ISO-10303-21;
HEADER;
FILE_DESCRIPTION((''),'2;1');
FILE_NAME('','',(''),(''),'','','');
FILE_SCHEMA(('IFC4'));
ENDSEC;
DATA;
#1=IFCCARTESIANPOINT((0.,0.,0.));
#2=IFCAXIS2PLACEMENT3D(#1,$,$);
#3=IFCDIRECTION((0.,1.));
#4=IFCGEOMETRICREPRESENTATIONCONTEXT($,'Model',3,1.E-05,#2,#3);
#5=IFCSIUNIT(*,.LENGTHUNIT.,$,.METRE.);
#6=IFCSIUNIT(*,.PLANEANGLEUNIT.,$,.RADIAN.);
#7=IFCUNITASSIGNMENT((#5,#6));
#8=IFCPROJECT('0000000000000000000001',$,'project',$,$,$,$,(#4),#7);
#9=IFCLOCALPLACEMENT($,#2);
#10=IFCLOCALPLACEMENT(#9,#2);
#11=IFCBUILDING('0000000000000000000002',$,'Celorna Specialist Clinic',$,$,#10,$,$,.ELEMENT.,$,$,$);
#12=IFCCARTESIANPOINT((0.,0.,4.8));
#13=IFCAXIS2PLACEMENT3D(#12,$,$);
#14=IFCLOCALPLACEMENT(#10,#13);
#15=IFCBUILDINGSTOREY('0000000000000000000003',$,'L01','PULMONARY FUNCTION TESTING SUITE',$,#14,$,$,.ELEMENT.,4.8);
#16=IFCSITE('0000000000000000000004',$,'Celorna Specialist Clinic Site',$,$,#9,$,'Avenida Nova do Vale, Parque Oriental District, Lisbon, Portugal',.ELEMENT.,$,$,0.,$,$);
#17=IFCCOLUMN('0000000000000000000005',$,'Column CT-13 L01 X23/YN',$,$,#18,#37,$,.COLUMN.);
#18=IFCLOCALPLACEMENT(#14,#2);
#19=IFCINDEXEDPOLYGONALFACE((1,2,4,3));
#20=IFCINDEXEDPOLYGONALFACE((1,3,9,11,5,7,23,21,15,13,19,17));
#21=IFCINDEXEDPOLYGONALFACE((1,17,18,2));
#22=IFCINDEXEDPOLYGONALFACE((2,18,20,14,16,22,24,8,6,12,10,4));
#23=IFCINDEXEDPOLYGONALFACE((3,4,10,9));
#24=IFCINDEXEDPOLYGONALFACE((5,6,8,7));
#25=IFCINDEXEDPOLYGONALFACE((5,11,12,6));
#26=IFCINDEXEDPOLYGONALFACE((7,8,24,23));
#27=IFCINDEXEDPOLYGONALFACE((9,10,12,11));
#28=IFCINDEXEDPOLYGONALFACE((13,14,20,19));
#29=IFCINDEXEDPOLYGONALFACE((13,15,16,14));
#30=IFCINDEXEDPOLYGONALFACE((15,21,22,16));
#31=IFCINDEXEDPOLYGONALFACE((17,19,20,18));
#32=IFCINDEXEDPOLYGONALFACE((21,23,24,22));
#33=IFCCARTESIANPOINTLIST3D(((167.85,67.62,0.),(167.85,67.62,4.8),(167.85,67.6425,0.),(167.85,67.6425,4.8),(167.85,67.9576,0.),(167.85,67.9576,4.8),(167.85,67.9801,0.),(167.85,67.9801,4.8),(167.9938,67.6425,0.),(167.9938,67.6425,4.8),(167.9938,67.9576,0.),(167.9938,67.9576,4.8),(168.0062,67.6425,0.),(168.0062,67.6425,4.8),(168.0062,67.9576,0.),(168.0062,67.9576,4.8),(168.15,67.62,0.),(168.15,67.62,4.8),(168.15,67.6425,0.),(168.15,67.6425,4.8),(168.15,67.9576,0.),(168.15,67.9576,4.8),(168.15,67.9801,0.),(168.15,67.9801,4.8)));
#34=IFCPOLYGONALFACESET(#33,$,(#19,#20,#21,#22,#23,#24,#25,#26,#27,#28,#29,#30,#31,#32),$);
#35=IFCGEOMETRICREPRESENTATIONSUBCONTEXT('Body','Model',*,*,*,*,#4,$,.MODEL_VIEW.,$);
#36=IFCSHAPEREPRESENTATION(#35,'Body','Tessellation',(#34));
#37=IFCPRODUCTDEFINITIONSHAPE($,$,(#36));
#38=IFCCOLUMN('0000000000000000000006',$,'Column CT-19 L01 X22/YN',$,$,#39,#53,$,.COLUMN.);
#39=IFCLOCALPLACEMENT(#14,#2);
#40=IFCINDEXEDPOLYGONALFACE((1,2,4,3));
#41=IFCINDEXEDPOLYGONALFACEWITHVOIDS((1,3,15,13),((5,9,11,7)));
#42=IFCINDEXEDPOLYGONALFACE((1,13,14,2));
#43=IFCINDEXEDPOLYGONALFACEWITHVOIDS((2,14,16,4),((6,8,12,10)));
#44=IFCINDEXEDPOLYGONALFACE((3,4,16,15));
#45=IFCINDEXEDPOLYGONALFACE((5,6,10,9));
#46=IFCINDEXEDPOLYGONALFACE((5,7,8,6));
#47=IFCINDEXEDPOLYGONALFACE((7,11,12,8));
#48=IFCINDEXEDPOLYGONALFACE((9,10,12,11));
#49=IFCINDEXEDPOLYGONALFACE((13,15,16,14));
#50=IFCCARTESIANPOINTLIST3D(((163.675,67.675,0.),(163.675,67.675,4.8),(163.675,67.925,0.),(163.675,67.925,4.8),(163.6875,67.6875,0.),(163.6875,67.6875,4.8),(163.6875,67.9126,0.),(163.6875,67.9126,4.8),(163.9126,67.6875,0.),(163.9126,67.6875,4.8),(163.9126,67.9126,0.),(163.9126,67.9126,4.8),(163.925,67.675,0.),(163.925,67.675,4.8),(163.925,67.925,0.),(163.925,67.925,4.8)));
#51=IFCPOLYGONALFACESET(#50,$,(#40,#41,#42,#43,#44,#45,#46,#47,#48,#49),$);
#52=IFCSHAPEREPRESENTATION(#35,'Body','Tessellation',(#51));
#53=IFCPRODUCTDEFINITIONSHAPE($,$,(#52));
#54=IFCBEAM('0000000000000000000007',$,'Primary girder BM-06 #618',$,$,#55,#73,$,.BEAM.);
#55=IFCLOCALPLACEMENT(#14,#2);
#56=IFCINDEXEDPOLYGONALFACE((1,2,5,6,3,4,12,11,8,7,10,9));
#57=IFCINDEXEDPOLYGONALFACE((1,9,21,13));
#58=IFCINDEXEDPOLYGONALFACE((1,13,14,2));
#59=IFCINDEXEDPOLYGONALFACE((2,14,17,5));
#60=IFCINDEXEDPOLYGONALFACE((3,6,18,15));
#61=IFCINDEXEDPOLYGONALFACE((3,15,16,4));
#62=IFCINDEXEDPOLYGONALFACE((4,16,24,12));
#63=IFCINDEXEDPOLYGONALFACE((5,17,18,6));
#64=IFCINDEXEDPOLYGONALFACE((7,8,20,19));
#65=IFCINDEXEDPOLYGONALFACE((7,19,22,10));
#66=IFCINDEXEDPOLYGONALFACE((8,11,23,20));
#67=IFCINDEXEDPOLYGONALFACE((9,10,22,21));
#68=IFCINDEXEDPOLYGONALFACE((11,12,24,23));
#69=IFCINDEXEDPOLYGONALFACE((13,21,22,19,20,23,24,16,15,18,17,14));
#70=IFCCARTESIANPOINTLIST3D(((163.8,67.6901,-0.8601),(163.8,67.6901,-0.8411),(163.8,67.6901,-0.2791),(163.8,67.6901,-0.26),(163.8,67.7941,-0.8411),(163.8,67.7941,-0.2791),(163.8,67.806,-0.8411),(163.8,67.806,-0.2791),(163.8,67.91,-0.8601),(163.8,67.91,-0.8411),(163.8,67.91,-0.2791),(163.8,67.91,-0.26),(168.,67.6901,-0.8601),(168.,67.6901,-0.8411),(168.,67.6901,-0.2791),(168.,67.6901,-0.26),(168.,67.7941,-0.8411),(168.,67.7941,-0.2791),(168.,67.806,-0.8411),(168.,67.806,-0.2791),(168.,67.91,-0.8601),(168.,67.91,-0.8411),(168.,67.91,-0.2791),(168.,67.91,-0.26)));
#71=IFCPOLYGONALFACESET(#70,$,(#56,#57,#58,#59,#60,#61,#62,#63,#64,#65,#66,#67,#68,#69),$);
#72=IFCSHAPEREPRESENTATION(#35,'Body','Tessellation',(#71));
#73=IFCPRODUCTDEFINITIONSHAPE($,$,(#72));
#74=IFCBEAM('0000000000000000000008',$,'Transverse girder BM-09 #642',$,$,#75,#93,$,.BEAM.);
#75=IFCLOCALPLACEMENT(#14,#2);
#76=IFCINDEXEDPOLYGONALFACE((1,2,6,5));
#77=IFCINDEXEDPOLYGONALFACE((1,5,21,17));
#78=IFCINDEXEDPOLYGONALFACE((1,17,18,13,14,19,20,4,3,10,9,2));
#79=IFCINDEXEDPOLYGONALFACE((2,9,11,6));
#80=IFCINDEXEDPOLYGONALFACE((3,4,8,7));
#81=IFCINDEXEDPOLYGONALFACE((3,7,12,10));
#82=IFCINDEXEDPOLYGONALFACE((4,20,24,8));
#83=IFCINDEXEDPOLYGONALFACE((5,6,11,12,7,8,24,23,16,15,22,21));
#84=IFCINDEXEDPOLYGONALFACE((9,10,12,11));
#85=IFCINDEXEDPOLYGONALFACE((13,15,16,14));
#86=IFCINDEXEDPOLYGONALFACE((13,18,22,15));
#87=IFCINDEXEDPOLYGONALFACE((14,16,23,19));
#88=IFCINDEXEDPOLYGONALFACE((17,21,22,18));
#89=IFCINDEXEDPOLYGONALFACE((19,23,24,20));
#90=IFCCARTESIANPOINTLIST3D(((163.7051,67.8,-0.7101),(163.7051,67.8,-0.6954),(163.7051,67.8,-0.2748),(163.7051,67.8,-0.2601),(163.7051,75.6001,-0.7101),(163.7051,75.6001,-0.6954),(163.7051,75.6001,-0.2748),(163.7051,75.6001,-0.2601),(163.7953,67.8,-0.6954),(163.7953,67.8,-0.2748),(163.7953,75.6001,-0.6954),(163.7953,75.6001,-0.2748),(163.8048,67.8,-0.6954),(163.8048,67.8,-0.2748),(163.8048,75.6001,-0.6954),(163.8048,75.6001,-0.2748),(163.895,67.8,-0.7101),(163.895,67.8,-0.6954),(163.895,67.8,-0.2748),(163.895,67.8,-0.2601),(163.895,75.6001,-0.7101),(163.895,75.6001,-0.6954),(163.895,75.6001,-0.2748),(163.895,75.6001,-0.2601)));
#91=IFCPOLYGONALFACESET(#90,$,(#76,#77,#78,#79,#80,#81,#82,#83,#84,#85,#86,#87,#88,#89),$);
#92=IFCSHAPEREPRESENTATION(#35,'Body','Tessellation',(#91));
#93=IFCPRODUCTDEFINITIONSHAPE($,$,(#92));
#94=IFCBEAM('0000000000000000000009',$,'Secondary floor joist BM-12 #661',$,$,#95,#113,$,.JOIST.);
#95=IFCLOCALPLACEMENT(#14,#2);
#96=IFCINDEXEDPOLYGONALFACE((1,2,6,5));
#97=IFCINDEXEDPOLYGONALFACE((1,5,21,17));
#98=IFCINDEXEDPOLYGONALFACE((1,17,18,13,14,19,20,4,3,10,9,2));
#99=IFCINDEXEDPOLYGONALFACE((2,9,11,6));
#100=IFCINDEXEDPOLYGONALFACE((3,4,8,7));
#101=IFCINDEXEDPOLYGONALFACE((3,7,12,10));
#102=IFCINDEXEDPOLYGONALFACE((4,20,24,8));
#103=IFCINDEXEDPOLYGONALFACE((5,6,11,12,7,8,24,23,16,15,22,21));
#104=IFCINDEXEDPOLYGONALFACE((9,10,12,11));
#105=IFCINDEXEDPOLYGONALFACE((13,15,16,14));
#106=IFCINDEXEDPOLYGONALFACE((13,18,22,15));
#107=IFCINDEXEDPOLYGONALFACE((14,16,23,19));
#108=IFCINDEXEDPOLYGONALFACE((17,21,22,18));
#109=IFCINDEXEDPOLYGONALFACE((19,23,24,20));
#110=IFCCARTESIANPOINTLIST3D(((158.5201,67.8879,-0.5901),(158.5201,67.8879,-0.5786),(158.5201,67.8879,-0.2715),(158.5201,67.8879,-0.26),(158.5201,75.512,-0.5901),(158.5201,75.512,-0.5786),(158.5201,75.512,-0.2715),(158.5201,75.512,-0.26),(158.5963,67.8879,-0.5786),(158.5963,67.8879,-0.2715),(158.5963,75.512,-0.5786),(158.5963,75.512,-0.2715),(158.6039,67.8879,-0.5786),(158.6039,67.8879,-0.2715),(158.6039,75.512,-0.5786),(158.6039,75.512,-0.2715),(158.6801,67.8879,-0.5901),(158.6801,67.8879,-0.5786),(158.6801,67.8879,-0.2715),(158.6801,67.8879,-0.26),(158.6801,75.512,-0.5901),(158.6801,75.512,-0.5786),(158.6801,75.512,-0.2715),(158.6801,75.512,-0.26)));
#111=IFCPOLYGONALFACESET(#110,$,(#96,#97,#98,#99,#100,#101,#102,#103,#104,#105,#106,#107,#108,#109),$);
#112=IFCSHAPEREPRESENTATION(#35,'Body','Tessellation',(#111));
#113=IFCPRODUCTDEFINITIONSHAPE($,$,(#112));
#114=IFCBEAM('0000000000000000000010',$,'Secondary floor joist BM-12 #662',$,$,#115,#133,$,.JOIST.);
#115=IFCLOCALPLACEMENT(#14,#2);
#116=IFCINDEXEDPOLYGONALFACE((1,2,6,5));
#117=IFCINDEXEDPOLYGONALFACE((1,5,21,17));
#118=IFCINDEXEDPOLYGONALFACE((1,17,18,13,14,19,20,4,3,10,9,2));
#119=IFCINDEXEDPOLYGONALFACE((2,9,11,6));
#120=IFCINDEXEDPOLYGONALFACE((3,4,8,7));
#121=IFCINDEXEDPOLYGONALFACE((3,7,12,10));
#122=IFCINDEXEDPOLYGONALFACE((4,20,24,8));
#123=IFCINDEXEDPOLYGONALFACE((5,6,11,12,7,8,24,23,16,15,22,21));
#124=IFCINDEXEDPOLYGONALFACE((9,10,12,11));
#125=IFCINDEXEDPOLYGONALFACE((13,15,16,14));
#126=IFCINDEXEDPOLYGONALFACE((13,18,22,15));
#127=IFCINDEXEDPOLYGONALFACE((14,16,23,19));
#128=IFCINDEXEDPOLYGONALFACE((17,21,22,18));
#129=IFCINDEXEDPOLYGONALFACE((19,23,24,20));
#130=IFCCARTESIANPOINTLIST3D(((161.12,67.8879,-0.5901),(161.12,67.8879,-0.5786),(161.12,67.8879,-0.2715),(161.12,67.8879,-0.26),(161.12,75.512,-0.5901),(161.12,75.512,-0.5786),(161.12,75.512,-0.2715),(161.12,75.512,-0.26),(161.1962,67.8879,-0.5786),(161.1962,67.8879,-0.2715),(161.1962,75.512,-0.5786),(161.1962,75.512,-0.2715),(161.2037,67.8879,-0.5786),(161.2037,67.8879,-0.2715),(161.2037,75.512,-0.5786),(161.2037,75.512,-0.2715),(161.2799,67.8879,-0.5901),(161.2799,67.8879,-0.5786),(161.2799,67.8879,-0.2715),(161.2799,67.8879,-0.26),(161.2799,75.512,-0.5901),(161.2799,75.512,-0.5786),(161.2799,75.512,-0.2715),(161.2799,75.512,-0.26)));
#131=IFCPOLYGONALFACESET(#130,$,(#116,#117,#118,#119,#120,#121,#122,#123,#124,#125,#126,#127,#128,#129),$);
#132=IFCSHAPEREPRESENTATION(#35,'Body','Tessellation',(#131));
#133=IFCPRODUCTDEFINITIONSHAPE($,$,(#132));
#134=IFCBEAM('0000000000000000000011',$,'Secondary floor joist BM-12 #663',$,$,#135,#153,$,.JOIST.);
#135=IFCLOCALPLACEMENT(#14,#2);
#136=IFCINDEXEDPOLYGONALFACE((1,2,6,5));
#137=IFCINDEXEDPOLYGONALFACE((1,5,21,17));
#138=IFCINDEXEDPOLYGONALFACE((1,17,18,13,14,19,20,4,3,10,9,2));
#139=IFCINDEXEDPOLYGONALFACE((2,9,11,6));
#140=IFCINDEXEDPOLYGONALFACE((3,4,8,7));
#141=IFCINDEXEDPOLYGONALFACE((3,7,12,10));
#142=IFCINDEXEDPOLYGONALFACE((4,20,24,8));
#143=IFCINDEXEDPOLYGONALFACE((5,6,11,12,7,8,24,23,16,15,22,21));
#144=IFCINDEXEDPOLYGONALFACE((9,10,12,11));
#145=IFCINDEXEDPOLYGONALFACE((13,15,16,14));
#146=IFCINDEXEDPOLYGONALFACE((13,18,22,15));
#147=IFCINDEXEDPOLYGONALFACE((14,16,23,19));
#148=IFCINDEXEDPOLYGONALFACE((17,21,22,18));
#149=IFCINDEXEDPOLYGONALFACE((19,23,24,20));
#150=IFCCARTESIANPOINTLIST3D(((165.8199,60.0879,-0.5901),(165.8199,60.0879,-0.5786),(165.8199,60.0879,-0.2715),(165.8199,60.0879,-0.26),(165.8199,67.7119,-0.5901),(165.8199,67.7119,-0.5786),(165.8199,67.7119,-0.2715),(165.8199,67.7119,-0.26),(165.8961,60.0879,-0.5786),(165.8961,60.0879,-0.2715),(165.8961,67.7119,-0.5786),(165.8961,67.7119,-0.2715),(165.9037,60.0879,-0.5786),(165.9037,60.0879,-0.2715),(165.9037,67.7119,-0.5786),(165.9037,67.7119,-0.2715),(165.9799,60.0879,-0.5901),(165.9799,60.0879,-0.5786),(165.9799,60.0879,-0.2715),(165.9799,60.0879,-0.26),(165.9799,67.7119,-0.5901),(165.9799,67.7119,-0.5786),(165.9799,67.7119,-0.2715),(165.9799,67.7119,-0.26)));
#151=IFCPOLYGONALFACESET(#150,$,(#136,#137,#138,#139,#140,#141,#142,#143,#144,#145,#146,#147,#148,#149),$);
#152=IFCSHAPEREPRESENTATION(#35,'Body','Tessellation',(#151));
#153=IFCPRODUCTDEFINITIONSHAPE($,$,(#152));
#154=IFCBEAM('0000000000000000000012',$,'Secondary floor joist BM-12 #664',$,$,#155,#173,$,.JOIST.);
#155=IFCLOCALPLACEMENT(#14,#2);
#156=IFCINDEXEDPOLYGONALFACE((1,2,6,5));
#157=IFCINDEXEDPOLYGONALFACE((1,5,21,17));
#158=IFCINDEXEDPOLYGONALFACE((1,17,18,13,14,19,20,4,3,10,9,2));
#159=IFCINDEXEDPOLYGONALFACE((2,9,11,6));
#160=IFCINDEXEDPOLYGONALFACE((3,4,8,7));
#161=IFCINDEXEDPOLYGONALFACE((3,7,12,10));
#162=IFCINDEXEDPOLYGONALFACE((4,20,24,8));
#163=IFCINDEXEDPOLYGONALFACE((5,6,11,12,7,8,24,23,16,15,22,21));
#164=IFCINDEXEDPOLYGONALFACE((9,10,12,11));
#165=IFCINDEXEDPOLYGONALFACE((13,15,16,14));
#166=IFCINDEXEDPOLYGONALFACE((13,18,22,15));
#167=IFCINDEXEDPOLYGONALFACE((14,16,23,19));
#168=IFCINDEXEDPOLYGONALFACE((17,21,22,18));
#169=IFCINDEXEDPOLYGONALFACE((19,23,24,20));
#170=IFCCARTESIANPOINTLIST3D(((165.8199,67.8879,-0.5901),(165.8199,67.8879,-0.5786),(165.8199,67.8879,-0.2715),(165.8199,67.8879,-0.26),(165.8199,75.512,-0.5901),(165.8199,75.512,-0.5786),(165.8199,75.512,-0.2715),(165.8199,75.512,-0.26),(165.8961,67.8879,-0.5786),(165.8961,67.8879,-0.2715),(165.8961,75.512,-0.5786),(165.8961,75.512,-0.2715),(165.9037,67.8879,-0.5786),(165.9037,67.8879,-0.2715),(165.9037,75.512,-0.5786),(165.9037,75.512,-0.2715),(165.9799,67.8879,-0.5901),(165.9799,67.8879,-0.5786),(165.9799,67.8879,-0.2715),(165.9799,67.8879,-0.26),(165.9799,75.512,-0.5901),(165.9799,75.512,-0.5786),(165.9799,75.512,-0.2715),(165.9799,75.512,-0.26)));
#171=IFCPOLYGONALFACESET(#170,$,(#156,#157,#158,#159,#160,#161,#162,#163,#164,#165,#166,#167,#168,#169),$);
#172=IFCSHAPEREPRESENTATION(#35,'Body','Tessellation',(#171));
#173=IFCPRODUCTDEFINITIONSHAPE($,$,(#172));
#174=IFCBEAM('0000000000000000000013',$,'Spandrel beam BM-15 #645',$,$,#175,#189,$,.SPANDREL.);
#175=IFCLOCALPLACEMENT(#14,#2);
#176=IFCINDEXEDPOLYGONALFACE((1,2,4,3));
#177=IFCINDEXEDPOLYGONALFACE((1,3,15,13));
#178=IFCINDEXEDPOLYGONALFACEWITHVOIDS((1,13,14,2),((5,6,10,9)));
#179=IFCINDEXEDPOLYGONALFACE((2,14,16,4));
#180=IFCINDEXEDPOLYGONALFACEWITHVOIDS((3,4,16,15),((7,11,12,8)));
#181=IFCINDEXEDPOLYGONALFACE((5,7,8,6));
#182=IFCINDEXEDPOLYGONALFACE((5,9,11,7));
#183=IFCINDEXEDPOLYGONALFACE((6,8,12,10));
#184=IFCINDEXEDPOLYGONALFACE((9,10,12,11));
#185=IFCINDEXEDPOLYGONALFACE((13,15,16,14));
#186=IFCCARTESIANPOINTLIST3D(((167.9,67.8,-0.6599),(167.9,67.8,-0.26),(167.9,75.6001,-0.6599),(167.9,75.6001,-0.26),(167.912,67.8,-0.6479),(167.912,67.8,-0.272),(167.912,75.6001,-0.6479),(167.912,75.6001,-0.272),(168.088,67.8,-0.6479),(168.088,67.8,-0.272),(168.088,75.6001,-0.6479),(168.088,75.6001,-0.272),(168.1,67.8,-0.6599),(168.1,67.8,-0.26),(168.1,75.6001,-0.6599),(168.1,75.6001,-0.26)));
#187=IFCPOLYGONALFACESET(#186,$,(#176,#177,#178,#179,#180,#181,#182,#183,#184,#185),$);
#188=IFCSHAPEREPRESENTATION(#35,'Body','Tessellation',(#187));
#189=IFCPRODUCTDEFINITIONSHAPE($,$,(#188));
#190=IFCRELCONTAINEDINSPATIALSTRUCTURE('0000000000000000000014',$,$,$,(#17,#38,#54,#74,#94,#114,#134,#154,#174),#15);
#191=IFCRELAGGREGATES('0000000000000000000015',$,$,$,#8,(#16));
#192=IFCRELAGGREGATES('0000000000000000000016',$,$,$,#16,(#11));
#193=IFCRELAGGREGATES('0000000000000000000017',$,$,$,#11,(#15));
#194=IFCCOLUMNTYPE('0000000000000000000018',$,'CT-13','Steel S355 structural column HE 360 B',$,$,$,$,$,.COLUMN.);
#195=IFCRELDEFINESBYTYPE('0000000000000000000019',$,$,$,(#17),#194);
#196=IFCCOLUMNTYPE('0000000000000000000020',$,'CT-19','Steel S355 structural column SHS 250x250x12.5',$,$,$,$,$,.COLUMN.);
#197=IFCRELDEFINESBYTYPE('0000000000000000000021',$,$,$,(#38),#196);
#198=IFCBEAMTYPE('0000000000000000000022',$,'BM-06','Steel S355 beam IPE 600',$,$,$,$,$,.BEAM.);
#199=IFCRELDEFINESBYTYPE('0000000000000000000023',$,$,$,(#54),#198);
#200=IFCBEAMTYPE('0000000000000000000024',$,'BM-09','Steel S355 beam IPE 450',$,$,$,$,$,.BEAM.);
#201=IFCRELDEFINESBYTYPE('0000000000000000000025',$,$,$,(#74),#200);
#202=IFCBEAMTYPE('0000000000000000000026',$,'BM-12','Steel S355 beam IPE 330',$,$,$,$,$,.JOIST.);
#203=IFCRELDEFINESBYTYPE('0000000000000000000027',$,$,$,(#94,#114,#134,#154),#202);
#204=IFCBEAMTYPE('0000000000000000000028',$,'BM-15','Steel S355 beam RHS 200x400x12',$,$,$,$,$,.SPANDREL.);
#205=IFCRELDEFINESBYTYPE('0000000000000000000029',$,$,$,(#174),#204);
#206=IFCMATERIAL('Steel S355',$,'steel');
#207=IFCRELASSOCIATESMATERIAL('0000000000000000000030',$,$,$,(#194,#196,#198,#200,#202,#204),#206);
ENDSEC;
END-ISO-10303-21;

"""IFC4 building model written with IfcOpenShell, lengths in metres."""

from ifc_helpers import new_model, si_unit, direction, frame, origin, origin_2d, place, context, subcontext, project, spatial, hollow_rectangle, i_section, extrude, material, material_profile, profile_set, type_object, element, save


model = new_model("IFC4")

# Units and contexts
model_context = context("Model", 3, precision=1e-05, world=origin(), true_north=direction((0.0, 1.0)))
body_context = subcontext(model_context, "Body", "Model", "MODEL_VIEW")
ifc_project = project(units=[si_unit("LENGTHUNIT", "METRE"), si_unit("PLANEANGLEUNIT", "RADIAN")], contexts=[model_context])

# Site, building, storey
site_placement = place(None, origin())
site = spatial("IfcSite", under=ifc_project, at=site_placement, Name="Celorna Specialist Clinic Site", LongName="Avenida Nova do Vale, Parque Oriental District, Lisbon, Portugal", CompositionType="ELEMENT", RefElevation=0.0)
building_placement = place(site_placement, origin())
building = spatial("IfcBuilding", under=site, at=building_placement, Name="Celorna Specialist Clinic", CompositionType="ELEMENT")
storey_placement = place(building_placement, frame((0.0, 0.0, 4.8)))
storey = spatial("IfcBuildingStorey", under=building, at=storey_placement, Name="L01", Description="PULMONARY FUNCTION TESTING SUITE", CompositionType="ELEMENT", Elevation=4.8)

# Columns
ifc_material_1 = material(Name="Steel S355", Category="steel")
ifc_material_profile_1 = material_profile(ifc_material_1, i_section(OverallWidth=0.3, OverallDepth=0.3601, WebThickness=0.0125, FlangeThickness=0.0225, at=origin_2d()), Name="HE 360 B")
ifc_profile_set_1 = profile_set([ifc_material_profile_1], Name="Steel S355")
column_type_1 = type_object("IfcColumnType", Name="CT-13", Description="Steel S355 structural column HE 360 B", PredefinedType="COLUMN", material=ifc_profile_set_1)
column_1_placement = place(storey_placement, frame((168.0, 67.8, 0.0), z_axis=(0.0, 0.0, 1.0), x_axis=(1.0, 0.0, 0.0)))
element("IfcColumn", 1, at=column_1_placement, inside=storey, type_object=column_type_1, Name="Column CT-13 L01 X23/YN", PredefinedType="COLUMN", context=body_context, shape_type="SweptSolid", body=[
    extrude(i_section(OverallWidth=0.3, OverallDepth=0.3601, WebThickness=0.0125, FlangeThickness=0.0225, at=origin_2d()), origin(), (0.0, 0.0, 1.0), 4.8),
])
ifc_material_profile_2 = material_profile(ifc_material_1, hollow_rectangle(XDim=0.25, YDim=0.25, WallThickness=0.0125, at=origin_2d()), Name="SHS 250x250x12.5")
ifc_profile_set_2 = profile_set([ifc_material_profile_2], Name="Steel S355")
column_type_2 = type_object("IfcColumnType", Name="CT-19", Description="Steel S355 structural column SHS 250x250x12.5", PredefinedType="COLUMN", material=ifc_profile_set_2)
column_2_placement = place(storey_placement, frame((163.8, 67.8, 0.0), z_axis=(0.0, 0.0, 1.0), x_axis=(1.0, 0.0, 0.0)))
element("IfcColumn", 2, at=column_2_placement, inside=storey, type_object=column_type_2, Name="Column CT-19 L01 X22/YN", PredefinedType="COLUMN", context=body_context, shape_type="SweptSolid", body=[
    extrude(hollow_rectangle(XDim=0.25, YDim=0.25, WallThickness=0.0125, at=origin_2d()), origin(), (0.0, 0.0, 1.0), 4.8),
])

# Beams
ifc_material_profile_3 = material_profile(ifc_material_1, i_section(OverallWidth=0.22, OverallDepth=0.6001, WebThickness=0.012, FlangeThickness=0.019, at=origin_2d()), Name="IPE 600")
ifc_profile_set_3 = profile_set([ifc_material_profile_3], Name="Steel S355")
beam_type_1 = type_object("IfcBeamType", Name="BM-06", Description="Steel S355 beam IPE 600", PredefinedType="BEAM", material=ifc_profile_set_3)
beam_1_placement = place(storey_placement, frame((163.8, 67.8, -0.5601), z_axis=(1.0, 0.0, 0.0), x_axis=(0.0, 1.0, 0.0)))
element("IfcBeam", 3, at=beam_1_placement, inside=storey, type_object=beam_type_1, Name="Primary girder BM-06 #618", PredefinedType="BEAM", context=body_context, shape_type="SweptSolid", body=[
    extrude(i_section(OverallWidth=0.22, OverallDepth=0.6001, WebThickness=0.012, FlangeThickness=0.019, at=origin_2d()), origin(), (0.0, 0.0, 1.0), 4.2),
])
ifc_material_profile_4 = material_profile(ifc_material_1, i_section(OverallWidth=0.1899, OverallDepth=0.45, WebThickness=0.0095, FlangeThickness=0.0146, at=origin_2d()), Name="IPE 450")
ifc_profile_set_4 = profile_set([ifc_material_profile_4], Name="Steel S355")
beam_type_2 = type_object("IfcBeamType", Name="BM-09", Description="Steel S355 beam IPE 450", PredefinedType="BEAM", material=ifc_profile_set_4)
beam_2_placement = place(storey_placement, frame((163.8, 67.8, -0.4851), z_axis=(0.0, 1.0, 0.0), x_axis=(-1.0, 0.0, 0.0)))
element("IfcBeam", 4, at=beam_2_placement, inside=storey, type_object=beam_type_2, Name="Transverse girder BM-09 #642", PredefinedType="BEAM", context=body_context, shape_type="SweptSolid", body=[
    extrude(i_section(OverallWidth=0.1899, OverallDepth=0.45, WebThickness=0.0095, FlangeThickness=0.0146, at=origin_2d()), origin(), (0.0, 0.0, 1.0), 7.8),
])
ifc_material_profile_5 = material_profile(ifc_material_1, i_section(OverallWidth=0.1599, OverallDepth=0.3301, WebThickness=0.0076, FlangeThickness=0.0115, at=origin_2d()), Name="IPE 330")
ifc_profile_set_5 = profile_set([ifc_material_profile_5], Name="Steel S355")
beam_type_3 = type_object("IfcBeamType", Name="BM-12", Description="Steel S355 beam IPE 330", PredefinedType="JOIST", material=ifc_profile_set_5)
for number, where, z_axis, x_axis, name in (
    (5, (158.6001, 67.8879, -0.425), (0.0, 1.0, 0.0), (-1.0, 0.0, 0.0), "Secondary floor joist BM-12 #661"),
    (6, (161.2, 67.8879, -0.425), (0.0, 1.0, 0.0), (-1.0, 0.0, 0.0), "Secondary floor joist BM-12 #662"),
    (7, (165.8999, 60.0879, -0.425), (0.0, 1.0, 0.0), (-1.0, 0.0, 0.0), "Secondary floor joist BM-12 #663"),
    (8, (165.8999, 67.8879, -0.425), (0.0, 1.0, 0.0), (-1.0, 0.0, 0.0), "Secondary floor joist BM-12 #664"),
):
    element("IfcBeam", number, at=place(storey_placement, frame(where, z_axis=z_axis, x_axis=x_axis)), inside=storey, type_object=beam_type_3, Name=name, PredefinedType="JOIST", context=body_context, shape_type="SweptSolid", body=[
        extrude(i_section(OverallWidth=0.1599, OverallDepth=0.3301, WebThickness=0.0076, FlangeThickness=0.0115, at=origin_2d()), origin(), (0.0, 0.0, 1.0), 7.624),
    ])
ifc_material_profile_6 = material_profile(ifc_material_1, hollow_rectangle(XDim=0.2, YDim=0.3999, WallThickness=0.012, at=origin_2d()), Name="RHS 200x400x12")
ifc_profile_set_6 = profile_set([ifc_material_profile_6], Name="Steel S355")
beam_type_4 = type_object("IfcBeamType", Name="BM-15", Description="Steel S355 beam RHS 200x400x12", PredefinedType="SPANDREL", material=ifc_profile_set_6)
beam_3_placement = place(storey_placement, frame((168.0, 67.8, -0.46), z_axis=(0.0, 1.0, 0.0), x_axis=(-1.0, 0.0, 0.0)))
element("IfcBeam", 9, at=beam_3_placement, inside=storey, type_object=beam_type_4, Name="Spandrel beam BM-15 #645", PredefinedType="SPANDREL", context=body_context, shape_type="SweptSolid", body=[
    extrude(hollow_rectangle(XDim=0.2, YDim=0.3999, WallThickness=0.012, at=origin_2d()), origin(), (0.0, 0.0, 1.0), 7.8),
])

save(model, "model.ifc")
